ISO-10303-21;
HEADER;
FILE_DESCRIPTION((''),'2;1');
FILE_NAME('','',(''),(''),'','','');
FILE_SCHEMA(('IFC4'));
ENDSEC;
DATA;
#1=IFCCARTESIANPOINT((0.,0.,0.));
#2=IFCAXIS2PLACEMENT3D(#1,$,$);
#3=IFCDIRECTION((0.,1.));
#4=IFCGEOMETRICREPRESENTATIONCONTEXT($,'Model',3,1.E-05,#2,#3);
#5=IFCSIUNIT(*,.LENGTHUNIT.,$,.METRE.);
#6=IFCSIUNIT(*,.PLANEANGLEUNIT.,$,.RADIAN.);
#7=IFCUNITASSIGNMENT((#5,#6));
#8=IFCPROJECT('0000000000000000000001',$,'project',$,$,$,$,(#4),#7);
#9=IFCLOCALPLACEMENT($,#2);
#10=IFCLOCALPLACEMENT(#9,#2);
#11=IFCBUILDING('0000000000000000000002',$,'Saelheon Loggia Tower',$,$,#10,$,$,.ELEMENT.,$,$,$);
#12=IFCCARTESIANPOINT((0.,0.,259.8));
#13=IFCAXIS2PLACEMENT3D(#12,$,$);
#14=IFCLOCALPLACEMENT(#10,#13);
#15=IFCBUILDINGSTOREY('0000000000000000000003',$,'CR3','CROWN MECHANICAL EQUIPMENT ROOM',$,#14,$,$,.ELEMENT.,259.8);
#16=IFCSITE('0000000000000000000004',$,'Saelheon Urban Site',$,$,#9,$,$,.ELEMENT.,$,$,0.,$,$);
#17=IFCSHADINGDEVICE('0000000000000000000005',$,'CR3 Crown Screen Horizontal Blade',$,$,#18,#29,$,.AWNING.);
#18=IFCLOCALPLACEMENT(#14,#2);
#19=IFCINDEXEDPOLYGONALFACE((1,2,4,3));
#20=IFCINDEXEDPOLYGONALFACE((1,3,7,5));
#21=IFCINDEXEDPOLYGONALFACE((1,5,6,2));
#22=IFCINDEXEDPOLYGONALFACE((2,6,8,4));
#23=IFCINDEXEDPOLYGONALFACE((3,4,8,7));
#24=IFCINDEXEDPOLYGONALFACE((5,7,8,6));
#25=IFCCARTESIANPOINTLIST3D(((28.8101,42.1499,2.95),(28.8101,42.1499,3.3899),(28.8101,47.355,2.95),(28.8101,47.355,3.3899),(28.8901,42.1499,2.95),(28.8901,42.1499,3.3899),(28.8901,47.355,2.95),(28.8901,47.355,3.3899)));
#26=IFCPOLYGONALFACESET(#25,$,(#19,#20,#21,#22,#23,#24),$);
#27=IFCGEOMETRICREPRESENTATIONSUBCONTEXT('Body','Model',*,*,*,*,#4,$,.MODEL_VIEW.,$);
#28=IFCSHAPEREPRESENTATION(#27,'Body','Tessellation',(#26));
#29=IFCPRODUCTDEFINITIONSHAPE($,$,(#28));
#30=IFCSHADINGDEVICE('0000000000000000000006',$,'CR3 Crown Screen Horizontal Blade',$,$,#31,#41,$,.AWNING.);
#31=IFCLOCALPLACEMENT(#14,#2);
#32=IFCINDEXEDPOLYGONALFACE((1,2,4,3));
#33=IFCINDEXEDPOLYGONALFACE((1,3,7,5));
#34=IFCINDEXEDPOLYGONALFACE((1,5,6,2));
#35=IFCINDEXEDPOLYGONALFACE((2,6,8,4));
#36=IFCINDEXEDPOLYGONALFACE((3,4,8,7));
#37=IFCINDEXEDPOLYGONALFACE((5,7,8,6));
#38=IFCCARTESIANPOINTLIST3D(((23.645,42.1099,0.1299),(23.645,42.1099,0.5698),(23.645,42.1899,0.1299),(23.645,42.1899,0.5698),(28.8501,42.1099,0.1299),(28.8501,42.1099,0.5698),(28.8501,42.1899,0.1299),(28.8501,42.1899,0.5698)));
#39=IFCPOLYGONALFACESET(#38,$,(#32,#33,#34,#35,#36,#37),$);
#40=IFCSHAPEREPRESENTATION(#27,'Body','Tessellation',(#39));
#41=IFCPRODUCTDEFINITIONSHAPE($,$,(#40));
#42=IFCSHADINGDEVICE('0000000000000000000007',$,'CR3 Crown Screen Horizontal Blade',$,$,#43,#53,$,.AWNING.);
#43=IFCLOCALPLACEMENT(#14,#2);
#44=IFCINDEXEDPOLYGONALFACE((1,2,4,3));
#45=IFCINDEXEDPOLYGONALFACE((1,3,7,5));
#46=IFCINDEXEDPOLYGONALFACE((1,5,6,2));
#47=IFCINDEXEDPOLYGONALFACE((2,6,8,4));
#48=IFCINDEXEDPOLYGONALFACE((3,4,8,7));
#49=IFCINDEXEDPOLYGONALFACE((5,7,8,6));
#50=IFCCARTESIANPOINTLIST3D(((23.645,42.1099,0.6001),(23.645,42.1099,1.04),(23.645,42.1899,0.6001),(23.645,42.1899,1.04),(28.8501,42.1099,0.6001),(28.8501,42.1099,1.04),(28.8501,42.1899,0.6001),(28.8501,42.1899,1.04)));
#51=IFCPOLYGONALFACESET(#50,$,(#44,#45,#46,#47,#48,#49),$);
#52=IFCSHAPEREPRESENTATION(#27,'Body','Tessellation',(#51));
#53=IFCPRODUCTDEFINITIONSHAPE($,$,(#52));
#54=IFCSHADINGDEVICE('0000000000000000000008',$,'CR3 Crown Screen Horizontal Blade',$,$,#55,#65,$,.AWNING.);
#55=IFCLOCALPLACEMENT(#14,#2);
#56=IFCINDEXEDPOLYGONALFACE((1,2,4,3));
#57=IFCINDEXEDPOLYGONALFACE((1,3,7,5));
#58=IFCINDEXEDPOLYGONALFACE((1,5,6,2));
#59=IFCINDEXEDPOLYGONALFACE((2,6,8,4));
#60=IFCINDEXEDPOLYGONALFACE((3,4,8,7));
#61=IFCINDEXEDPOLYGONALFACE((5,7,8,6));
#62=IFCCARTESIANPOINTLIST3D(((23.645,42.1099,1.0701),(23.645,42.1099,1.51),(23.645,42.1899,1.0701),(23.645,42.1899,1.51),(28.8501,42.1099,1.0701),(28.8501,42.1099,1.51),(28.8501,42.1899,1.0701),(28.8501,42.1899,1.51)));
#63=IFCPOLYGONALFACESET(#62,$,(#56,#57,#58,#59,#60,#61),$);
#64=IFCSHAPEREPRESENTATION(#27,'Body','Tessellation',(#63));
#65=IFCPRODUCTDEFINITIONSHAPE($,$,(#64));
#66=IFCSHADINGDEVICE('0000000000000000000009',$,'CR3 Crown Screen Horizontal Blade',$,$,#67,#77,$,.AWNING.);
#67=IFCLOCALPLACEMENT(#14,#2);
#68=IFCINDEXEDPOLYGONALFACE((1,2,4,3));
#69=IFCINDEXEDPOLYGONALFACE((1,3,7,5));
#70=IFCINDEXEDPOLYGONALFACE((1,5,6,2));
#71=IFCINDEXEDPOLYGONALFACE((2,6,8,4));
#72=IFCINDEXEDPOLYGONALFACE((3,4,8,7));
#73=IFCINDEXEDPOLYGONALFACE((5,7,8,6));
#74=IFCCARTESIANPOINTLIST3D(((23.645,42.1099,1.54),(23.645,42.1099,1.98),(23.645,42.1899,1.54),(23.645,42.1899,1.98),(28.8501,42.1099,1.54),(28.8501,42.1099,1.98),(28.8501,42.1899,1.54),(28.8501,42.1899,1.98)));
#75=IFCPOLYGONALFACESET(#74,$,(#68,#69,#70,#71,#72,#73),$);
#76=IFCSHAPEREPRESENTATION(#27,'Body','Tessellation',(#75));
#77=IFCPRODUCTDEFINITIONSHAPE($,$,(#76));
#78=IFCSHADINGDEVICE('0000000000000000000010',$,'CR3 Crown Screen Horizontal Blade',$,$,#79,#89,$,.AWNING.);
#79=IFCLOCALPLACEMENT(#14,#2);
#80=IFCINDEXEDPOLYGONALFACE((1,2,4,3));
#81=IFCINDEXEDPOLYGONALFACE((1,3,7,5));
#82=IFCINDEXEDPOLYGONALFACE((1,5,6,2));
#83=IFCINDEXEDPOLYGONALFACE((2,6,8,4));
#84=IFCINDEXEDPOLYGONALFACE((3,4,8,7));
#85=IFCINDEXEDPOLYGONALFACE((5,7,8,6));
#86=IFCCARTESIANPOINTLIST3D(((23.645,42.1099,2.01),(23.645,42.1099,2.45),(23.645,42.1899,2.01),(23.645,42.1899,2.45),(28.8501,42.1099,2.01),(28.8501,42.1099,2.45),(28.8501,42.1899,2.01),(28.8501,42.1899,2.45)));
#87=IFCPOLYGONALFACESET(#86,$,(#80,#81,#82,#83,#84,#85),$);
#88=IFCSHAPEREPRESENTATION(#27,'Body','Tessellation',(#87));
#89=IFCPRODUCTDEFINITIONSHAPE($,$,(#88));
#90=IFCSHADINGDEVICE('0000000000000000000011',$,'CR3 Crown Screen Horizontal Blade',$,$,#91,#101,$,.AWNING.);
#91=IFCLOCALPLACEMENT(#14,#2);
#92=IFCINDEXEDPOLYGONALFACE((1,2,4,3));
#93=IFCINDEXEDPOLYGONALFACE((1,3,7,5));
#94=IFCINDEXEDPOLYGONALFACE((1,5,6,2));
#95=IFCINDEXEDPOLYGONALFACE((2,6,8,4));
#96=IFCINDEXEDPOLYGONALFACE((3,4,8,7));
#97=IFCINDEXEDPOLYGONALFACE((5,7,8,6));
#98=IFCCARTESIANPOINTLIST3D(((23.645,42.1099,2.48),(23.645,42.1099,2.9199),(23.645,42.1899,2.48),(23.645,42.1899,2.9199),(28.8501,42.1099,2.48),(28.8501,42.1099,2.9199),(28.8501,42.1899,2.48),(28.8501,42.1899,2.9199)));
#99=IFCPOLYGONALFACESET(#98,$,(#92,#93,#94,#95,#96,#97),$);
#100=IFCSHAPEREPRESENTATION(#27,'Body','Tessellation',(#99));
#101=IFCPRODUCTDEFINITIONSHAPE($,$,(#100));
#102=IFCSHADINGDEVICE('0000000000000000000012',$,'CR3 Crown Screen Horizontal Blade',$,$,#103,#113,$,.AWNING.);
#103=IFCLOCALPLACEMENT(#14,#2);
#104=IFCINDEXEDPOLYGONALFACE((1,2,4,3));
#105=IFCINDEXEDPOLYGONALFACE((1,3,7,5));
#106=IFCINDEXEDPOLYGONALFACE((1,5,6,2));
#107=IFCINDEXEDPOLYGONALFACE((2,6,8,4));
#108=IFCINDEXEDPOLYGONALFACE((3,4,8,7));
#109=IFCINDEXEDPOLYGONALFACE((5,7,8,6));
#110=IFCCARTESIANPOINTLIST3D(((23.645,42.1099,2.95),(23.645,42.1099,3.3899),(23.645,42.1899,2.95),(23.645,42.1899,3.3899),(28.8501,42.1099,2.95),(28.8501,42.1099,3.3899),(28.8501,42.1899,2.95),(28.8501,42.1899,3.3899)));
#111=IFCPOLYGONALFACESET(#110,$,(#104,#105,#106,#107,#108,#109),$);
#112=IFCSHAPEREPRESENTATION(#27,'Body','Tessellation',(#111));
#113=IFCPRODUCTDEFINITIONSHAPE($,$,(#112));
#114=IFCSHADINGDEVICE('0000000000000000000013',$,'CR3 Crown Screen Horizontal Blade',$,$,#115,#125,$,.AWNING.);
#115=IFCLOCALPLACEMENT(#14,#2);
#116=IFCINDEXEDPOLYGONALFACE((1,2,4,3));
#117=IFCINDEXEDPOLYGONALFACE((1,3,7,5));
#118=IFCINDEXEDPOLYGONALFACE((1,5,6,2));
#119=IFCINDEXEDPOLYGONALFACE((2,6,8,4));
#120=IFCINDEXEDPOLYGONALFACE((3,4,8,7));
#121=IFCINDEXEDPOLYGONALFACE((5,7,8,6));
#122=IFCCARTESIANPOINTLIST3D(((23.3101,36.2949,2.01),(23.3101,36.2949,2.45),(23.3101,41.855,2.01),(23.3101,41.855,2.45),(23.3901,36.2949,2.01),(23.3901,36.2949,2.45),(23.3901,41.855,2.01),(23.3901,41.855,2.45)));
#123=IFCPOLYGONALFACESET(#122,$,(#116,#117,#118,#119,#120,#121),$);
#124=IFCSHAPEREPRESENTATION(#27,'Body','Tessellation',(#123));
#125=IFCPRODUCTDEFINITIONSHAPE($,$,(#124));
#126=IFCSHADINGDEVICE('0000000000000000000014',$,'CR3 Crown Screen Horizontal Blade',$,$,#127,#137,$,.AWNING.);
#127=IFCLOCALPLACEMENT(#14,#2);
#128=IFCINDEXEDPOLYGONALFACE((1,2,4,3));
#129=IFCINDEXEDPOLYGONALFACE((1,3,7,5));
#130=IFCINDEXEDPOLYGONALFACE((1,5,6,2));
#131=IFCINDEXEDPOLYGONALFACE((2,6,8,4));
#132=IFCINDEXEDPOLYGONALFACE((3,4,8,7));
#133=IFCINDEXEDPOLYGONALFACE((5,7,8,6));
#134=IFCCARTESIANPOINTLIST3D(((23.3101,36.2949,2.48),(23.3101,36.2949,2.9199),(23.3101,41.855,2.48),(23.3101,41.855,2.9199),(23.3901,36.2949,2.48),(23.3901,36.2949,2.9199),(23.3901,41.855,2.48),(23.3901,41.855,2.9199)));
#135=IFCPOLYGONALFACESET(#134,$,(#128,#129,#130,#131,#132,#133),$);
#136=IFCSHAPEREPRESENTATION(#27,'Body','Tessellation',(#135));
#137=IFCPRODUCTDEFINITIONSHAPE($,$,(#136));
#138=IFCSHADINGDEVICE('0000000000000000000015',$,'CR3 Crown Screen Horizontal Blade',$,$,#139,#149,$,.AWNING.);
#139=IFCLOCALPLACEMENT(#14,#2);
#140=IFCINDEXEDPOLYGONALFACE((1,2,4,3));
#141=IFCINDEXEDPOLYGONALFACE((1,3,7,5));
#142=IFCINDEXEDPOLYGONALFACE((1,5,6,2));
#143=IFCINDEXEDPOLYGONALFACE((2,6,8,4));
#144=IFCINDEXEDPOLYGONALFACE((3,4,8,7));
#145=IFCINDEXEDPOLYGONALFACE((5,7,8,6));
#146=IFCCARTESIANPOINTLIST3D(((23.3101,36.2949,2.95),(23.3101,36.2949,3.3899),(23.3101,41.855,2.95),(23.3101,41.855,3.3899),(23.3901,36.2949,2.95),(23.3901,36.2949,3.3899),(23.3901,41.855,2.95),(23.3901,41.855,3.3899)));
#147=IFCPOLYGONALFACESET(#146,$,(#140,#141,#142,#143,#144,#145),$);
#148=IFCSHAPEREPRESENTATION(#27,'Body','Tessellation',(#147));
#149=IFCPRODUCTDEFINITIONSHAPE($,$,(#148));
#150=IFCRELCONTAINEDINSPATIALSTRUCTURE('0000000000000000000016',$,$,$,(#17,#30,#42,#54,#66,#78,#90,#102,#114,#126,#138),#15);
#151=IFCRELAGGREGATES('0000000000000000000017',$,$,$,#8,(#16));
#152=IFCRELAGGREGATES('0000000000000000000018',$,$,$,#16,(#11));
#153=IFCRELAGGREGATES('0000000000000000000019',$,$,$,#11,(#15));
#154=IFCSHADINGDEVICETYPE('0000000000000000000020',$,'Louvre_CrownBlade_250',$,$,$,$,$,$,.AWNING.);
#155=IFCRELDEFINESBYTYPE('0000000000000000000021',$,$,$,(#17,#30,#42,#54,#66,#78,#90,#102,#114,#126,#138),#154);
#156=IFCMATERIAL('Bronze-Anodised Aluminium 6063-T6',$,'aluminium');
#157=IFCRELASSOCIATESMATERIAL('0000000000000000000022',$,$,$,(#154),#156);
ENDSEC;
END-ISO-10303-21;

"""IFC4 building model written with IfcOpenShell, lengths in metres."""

from ifc_helpers import new_model, si_unit, direction, frame, origin, origin_2d, place, context, subcontext, project, spatial, rectangle, extrude, source, transform, mapped, material, material_profile, profile_set, type_object, element, save


model = new_model("IFC4")

# Units and contexts
model_context = context("Model", 3, precision=1e-05, world=origin(), true_north=direction((0.0, 1.0)))
body_context = subcontext(model_context, "Body", "Model", "MODEL_VIEW")
ifc_project = project(units=[si_unit("LENGTHUNIT", "METRE"), si_unit("PLANEANGLEUNIT", "RADIAN")], contexts=[model_context])

# Site, building, storey
site_placement = place(None, origin())
site = spatial("IfcSite", under=ifc_project, at=site_placement, Name="Saelheon Urban Site", CompositionType="ELEMENT", RefElevation=0.0)
building_placement = place(site_placement, origin())
building = spatial("IfcBuilding", under=site, at=building_placement, Name="Saelheon Loggia Tower", CompositionType="ELEMENT")
storey_placement = place(building_placement, frame((0.0, 0.0, 259.8)))
storey = spatial("IfcBuildingStorey", under=building, at=storey_placement, Name="CR3", Description="CROWN MECHANICAL EQUIPMENT ROOM", CompositionType="ELEMENT", Elevation=259.8)

# Shading devices
ifc_material_1 = material(Name="Bronze-Anodised Aluminium 6063-T6", Category="aluminium")
ifc_material_profile_1 = material_profile(ifc_material_1, rectangle(XDim=0.0801, YDim=0.4399, at=origin_2d()), Name="Louvre_CrownBlade_250")
ifc_profile_set_1 = profile_set([ifc_material_profile_1], Name="Bronze-Anodised Aluminium 6063-T6")
shading_device_type = type_object("IfcShadingDeviceType", Name="Louvre_CrownBlade_250", PredefinedType="AWNING", material=ifc_profile_set_1)
shared_shape_1 = source(origin(), body_context, "Body", "SweptSolid", [
    extrude(rectangle(XDim=0.0801, YDim=0.4399, at=origin_2d()), origin(), (0.0, 0.0, 1.0), 5.2051),
])
for number, where, z_axis, x_axis, name in (
    (1, (28.8501, 47.355, 3.1699), (0.0, -1.0, 0.0), (1.0, 0.0, 0.0), "CR3 Crown Screen Horizontal Blade"),
    (2, (28.8501, 42.1499, 0.3499), (-1.0, 0.0, 0.0), (0.0, -1.0, 0.0), "CR3 Crown Screen Horizontal Blade"),
    (3, (28.8501, 42.1499, 0.8201), (-1.0, 0.0, 0.0), (0.0, -1.0, 0.0), "CR3 Crown Screen Horizontal Blade"),
    (4, (28.8501, 42.1499, 1.29), (-1.0, 0.0, 0.0), (0.0, -1.0, 0.0), "CR3 Crown Screen Horizontal Blade"),
    (5, (28.8501, 42.1499, 1.76), (-1.0, 0.0, 0.0), (0.0, -1.0, 0.0), "CR3 Crown Screen Horizontal Blade"),
    (6, (28.8501, 42.1499, 2.23), (-1.0, 0.0, 0.0), (0.0, -1.0, 0.0), "CR3 Crown Screen Horizontal Blade"),
    (7, (28.8501, 42.1499, 2.7), (-1.0, 0.0, 0.0), (0.0, -1.0, 0.0), "CR3 Crown Screen Horizontal Blade"),
    (8, (28.8501, 42.1499, 3.1699), (-1.0, 0.0, 0.0), (0.0, -1.0, 0.0), "CR3 Crown Screen Horizontal Blade"),
):
    element("IfcShadingDevice", number, at=place(storey_placement, frame(where, z_axis=z_axis, x_axis=x_axis)), inside=storey, type_object=shading_device_type, Name=name, PredefinedType="AWNING", context=body_context, shape_type="MappedRepresentation", body=[
        mapped(shared_shape_1, transform((0.0, 0.0, 0.0), scale=1.0)),
    ])
shared_shape_2 = source(origin(), body_context, "Body", "SweptSolid", [
    extrude(rectangle(XDim=0.0801, YDim=0.4399, at=origin_2d()), origin(), (0.0, 0.0, 1.0), 5.5601),
])
for number, where, z_axis, x_axis, name in (
    (9, (23.3501, 41.855, 2.23), (0.0, -1.0, 0.0), (1.0, 0.0, 0.0), "CR3 Crown Screen Horizontal Blade"),
    (10, (23.3501, 41.855, 2.7), (0.0, -1.0, 0.0), (1.0, 0.0, 0.0), "CR3 Crown Screen Horizontal Blade"),
    (11, (23.3501, 41.855, 3.1699), (0.0, -1.0, 0.0), (1.0, 0.0, 0.0), "CR3 Crown Screen Horizontal Blade"),
):
    element("IfcShadingDevice", number, at=place(storey_placement, frame(where, z_axis=z_axis, x_axis=x_axis)), inside=storey, type_object=shading_device_type, Name=name, PredefinedType="AWNING", context=body_context, shape_type="MappedRepresentation", body=[
        mapped(shared_shape_2, transform((0.0, 0.0, 0.0), scale=1.0)),
    ])

save(model, "model.ifc")
